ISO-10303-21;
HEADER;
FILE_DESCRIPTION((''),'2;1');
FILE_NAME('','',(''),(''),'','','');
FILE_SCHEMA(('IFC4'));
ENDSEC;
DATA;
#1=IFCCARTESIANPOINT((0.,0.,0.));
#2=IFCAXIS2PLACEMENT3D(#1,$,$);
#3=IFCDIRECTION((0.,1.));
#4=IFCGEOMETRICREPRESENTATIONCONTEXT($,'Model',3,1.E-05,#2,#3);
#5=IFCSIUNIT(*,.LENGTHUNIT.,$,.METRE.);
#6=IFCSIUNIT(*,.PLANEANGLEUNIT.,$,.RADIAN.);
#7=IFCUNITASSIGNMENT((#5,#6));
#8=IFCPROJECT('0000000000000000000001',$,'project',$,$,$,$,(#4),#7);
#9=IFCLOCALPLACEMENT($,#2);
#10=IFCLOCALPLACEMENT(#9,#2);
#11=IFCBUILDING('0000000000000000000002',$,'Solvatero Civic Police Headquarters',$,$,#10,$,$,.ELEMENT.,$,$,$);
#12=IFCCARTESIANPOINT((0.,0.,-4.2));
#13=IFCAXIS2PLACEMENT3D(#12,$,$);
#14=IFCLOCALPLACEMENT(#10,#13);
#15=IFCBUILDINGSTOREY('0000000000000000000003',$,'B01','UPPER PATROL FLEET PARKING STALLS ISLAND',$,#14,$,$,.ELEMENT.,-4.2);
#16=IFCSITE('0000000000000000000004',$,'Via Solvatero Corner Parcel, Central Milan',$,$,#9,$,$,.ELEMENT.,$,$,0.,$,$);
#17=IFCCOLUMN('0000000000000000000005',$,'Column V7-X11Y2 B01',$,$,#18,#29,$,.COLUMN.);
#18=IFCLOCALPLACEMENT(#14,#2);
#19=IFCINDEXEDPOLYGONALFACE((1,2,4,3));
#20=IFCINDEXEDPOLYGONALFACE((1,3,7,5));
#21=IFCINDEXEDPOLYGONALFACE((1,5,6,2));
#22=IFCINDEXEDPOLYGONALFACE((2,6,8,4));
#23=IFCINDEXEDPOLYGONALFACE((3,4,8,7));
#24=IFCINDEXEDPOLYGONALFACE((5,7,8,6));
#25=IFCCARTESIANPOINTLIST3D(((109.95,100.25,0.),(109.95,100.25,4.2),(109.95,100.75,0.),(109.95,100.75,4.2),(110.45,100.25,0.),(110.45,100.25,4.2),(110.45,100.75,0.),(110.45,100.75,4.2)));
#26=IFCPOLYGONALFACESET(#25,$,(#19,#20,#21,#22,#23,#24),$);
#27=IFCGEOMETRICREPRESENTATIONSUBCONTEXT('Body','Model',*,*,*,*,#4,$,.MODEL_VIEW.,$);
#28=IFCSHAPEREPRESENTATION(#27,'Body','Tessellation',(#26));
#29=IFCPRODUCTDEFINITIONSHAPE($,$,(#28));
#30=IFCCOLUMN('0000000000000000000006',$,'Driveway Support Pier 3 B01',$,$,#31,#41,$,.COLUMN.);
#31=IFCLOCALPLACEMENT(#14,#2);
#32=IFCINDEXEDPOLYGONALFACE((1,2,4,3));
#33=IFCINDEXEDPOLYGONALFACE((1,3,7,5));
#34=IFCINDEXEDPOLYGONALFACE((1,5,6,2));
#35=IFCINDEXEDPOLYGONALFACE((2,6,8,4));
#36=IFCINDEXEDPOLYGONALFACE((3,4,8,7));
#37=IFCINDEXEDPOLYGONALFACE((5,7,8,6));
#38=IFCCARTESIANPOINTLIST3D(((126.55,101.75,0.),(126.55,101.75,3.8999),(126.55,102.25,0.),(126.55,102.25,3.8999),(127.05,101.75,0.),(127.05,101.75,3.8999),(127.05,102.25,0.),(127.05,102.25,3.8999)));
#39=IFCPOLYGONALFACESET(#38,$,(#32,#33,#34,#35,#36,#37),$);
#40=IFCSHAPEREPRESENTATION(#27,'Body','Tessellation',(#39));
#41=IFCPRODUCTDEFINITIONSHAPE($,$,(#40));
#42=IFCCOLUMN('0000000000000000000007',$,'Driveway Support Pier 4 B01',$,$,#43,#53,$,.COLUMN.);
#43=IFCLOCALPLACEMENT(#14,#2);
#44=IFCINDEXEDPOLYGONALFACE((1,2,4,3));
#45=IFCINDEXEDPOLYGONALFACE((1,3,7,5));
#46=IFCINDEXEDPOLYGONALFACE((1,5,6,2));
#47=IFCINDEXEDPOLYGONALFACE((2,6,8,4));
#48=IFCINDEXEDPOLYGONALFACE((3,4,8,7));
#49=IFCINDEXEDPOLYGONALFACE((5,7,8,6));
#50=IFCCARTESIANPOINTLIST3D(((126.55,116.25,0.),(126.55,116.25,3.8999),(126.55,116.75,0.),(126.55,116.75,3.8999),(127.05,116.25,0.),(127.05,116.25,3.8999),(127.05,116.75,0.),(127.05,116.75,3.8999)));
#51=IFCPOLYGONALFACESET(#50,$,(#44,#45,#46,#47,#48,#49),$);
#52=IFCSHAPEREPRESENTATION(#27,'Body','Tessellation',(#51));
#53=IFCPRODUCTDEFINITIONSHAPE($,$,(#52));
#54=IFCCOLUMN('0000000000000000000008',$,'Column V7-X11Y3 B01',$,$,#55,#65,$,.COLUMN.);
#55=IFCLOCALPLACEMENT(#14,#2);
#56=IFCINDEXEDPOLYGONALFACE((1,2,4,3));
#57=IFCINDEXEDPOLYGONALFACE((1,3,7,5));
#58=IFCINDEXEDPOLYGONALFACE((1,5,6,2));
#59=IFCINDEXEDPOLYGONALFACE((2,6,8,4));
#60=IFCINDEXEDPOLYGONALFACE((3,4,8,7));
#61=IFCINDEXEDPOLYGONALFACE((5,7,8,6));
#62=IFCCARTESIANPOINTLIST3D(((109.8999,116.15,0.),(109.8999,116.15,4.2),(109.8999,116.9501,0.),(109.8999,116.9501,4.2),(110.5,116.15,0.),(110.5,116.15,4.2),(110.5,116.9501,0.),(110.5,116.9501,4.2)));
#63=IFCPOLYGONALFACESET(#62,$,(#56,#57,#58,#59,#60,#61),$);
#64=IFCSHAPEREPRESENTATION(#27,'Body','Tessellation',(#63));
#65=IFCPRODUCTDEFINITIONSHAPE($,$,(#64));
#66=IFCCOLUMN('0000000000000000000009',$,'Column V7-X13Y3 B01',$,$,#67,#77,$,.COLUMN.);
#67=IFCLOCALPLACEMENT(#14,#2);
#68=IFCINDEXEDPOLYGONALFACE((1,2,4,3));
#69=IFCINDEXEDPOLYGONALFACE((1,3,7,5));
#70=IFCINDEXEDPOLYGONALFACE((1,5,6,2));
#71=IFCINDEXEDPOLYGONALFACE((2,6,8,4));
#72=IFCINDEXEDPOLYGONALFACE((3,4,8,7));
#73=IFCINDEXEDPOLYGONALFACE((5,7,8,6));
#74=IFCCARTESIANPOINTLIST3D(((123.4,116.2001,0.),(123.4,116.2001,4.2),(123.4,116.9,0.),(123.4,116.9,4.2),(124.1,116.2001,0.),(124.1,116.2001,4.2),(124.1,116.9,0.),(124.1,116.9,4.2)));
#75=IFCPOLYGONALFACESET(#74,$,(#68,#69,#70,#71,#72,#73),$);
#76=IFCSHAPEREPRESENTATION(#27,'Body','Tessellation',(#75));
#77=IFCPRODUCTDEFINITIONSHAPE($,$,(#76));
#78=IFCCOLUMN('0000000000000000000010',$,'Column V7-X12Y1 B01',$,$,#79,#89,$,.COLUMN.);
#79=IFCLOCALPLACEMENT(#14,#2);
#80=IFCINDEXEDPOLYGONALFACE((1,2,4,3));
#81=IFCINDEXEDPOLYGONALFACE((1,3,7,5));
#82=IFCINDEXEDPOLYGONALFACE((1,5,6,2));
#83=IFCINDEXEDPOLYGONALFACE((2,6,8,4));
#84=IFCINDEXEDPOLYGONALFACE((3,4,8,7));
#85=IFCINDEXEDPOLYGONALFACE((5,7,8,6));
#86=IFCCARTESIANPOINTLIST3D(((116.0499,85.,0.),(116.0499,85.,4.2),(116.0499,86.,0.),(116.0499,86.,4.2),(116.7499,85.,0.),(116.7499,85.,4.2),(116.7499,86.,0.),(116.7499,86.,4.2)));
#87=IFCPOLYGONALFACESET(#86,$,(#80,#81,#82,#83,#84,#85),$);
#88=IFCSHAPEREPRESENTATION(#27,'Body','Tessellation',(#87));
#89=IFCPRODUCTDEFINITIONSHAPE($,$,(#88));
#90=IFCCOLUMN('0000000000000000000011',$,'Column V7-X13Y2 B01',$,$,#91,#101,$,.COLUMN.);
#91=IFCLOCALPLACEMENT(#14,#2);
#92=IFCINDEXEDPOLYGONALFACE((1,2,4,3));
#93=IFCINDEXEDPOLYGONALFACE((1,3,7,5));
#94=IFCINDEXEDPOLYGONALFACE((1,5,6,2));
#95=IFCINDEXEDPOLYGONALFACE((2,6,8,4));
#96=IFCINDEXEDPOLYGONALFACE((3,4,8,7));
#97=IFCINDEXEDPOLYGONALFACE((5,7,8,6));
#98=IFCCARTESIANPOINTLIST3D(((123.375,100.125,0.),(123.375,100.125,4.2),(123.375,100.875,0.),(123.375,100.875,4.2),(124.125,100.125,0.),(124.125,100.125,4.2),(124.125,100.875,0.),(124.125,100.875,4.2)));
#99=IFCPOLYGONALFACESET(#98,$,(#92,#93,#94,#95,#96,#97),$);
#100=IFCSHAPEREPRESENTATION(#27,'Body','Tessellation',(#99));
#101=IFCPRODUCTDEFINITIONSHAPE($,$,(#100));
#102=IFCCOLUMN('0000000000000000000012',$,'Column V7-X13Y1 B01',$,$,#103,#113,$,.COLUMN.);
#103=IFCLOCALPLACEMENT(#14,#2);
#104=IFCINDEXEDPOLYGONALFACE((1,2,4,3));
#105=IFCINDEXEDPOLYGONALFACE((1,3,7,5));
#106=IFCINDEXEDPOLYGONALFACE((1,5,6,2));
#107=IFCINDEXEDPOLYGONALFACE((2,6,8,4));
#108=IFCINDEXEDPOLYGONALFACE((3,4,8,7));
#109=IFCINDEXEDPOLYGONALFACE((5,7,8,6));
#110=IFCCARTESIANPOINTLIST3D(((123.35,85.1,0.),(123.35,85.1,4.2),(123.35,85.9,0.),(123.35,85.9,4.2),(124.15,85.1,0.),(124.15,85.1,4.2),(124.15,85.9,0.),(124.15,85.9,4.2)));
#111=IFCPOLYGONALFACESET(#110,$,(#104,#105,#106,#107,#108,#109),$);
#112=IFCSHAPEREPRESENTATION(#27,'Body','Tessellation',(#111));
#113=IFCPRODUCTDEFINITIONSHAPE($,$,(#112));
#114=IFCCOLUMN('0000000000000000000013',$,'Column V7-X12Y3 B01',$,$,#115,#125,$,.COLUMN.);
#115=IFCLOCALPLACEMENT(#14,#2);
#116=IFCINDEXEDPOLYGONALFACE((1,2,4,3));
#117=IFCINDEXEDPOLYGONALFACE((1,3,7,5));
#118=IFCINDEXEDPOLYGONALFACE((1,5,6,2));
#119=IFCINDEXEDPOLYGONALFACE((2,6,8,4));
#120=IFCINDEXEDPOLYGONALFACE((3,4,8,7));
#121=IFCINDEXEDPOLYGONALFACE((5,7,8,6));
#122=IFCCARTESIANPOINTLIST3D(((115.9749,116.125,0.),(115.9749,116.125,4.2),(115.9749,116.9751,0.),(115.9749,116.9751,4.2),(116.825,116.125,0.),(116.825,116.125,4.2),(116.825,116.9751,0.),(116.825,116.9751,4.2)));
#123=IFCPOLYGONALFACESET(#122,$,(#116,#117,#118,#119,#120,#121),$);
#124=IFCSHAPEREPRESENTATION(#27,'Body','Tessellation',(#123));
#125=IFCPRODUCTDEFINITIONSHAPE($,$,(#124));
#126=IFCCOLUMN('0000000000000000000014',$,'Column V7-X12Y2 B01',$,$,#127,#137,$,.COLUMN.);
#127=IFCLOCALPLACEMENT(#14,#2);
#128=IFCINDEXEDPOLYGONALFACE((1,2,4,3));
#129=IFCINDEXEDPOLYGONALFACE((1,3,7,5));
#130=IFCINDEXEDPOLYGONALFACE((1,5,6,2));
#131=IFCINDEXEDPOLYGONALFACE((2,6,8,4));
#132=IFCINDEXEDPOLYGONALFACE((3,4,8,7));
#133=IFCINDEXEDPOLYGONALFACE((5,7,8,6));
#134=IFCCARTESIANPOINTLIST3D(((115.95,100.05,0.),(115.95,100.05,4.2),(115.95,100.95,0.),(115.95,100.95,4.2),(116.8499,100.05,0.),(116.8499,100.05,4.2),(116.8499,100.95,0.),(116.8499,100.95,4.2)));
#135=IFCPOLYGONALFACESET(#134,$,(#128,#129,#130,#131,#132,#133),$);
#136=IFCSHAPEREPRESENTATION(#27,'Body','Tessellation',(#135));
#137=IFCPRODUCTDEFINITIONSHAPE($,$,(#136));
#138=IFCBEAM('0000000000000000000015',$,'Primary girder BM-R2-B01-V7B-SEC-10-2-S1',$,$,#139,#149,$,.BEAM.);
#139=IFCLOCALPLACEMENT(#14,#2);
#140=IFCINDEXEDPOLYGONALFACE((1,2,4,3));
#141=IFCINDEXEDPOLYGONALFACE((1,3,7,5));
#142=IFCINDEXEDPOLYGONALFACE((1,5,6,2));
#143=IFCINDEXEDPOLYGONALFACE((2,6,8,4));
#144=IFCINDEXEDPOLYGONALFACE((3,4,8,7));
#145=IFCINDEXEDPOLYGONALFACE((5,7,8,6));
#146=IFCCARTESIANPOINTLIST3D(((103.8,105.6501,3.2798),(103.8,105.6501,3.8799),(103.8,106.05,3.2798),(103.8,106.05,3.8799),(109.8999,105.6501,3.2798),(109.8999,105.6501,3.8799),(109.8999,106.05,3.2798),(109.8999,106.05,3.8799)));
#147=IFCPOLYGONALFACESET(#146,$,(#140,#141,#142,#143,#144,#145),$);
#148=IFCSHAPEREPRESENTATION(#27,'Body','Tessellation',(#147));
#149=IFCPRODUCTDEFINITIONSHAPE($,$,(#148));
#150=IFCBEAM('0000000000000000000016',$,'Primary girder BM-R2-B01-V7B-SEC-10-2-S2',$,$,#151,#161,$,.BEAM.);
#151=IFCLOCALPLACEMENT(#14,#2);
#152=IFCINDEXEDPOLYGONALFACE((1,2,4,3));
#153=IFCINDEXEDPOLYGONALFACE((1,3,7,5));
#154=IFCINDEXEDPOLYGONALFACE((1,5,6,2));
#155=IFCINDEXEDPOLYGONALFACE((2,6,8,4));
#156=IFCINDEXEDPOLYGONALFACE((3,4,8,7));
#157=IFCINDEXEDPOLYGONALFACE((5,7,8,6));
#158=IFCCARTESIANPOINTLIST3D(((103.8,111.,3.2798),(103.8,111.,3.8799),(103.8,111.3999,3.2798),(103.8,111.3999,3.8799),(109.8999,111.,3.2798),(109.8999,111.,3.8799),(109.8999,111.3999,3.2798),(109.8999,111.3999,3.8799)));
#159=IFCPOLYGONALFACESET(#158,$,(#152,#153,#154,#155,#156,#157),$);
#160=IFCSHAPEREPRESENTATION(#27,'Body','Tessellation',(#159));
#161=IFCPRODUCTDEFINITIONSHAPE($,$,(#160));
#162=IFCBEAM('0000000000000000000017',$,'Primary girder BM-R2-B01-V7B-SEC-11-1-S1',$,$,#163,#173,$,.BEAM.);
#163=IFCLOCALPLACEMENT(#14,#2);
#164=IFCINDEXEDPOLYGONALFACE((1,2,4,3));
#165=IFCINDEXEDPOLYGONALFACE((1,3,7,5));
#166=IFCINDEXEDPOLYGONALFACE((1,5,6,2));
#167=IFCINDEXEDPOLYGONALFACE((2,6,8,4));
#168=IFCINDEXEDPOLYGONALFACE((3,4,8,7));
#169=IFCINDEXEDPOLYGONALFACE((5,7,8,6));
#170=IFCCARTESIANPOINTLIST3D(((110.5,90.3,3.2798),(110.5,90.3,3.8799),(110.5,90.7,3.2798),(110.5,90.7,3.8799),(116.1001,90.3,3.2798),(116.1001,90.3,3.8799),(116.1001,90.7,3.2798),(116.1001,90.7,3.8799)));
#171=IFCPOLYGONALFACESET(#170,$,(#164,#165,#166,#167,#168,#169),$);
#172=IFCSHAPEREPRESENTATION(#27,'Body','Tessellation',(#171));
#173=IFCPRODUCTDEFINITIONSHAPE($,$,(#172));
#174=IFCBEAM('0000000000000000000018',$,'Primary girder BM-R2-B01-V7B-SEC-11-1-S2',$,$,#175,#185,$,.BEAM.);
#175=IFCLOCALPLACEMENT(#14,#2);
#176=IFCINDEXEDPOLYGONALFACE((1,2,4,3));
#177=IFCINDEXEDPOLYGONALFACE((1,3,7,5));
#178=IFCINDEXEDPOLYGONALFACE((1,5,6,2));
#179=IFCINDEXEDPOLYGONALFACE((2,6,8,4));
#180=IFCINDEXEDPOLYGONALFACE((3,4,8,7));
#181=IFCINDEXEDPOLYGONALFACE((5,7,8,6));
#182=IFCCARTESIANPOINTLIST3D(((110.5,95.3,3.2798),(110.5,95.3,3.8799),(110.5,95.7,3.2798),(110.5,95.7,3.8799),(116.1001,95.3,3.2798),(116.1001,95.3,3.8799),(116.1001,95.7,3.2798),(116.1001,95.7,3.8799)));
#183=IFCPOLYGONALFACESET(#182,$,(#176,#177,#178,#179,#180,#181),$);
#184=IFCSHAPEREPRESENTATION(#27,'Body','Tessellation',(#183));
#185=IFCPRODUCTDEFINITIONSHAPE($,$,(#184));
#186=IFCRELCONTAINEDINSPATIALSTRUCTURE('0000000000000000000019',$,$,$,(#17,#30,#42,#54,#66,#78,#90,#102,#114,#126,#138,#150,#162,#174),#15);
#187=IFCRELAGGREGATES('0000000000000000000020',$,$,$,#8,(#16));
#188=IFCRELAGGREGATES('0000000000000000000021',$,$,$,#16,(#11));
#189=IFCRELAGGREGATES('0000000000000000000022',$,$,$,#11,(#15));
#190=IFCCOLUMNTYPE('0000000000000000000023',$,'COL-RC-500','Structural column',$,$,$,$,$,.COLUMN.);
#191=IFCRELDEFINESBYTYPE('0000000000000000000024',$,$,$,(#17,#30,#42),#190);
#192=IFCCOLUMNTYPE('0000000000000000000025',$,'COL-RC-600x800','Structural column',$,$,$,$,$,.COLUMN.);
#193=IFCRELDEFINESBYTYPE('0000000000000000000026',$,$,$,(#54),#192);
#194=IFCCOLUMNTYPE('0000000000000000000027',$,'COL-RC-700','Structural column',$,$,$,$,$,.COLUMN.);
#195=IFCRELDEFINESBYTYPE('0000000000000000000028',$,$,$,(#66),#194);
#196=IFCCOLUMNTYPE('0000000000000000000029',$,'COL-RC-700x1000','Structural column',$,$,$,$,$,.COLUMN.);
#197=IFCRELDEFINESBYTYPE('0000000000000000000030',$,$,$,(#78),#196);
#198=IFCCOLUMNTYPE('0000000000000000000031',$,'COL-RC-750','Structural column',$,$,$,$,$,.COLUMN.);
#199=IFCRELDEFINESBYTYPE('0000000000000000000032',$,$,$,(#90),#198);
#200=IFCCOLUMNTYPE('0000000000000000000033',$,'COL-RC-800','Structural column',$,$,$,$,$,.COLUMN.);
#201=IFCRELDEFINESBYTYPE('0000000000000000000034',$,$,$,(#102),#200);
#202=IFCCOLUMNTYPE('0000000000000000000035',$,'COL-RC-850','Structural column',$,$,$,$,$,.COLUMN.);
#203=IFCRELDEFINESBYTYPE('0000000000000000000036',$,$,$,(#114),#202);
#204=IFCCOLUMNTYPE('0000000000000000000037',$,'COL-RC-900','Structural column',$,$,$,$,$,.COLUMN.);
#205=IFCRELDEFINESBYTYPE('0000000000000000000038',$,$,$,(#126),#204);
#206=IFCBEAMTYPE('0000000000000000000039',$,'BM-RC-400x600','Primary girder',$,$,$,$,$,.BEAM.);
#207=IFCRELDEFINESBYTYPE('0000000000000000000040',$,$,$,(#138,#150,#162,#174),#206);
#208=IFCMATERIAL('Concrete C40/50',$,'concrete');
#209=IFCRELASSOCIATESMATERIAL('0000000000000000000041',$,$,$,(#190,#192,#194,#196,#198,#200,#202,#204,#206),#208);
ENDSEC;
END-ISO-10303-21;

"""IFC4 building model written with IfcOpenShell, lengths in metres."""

from ifc_helpers import new_model, si_unit, direction, frame, origin, origin_2d, place, context, subcontext, project, spatial, rectangle, extrude, material, material_profile, profile_set, type_object, element, save


model = new_model("IFC4")

# Units and contexts
model_context = context("Model", 3, precision=1e-05, world=origin(), true_north=direction((0.0, 1.0)))
body_context = subcontext(model_context, "Body", "Model", "MODEL_VIEW")
ifc_project = project(units=[si_unit("LENGTHUNIT", "METRE"), si_unit("PLANEANGLEUNIT", "RADIAN")], contexts=[model_context])

# Site, building, storey
site_placement = place(None, origin())
site = spatial("IfcSite", under=ifc_project, at=site_placement, Name="Via Solvatero Corner Parcel, Central Milan", CompositionType="ELEMENT", RefElevation=0.0)
building_placement = place(site_placement, origin())
building = spatial("IfcBuilding", under=site, at=building_placement, Name="Solvatero Civic Police Headquarters", CompositionType="ELEMENT")
storey_placement = place(building_placement, frame((0.0, 0.0, -4.2)))
storey = spatial("IfcBuildingStorey", under=building, at=storey_placement, Name="B01", Description="UPPER PATROL FLEET PARKING STALLS ISLAND", CompositionType="ELEMENT", Elevation=-4.2)

# Columns
ifc_material_1 = material(Name="Concrete C40/50", Category="concrete")
ifc_material_profile_1 = material_profile(ifc_material_1, rectangle(XDim=0.5, YDim=0.5, at=origin_2d()), Name="RC 500x500")
ifc_profile_set_1 = profile_set([ifc_material_profile_1], Name="Concrete C40/50")
column_type_1 = type_object("IfcColumnType", Name="COL-RC-500", Description="Structural column", PredefinedType="COLUMN", material=ifc_profile_set_1)
column_1_placement = place(storey_placement, frame((110.2, 100.5, 0.0), z_axis=(0.0, 0.0, 1.0), x_axis=(1.0, 0.0, 0.0)))
element("IfcColumn", 1, at=column_1_placement, inside=storey, type_object=column_type_1, Name="Column V7-X11Y2 B01", PredefinedType="COLUMN", context=body_context, shape_type="SweptSolid", body=[
    extrude(rectangle(XDim=0.5, YDim=0.5, at=origin_2d()), origin(), (0.0, 0.0, 1.0), 4.2),
])
for number, where, z_axis, x_axis, name in (
    (2, (126.8, 102.0, 0.0), (0.0, 0.0, 1.0), (1.0, 0.0, 0.0), "Driveway Support Pier 3 B01"),
    (3, (126.8, 116.5, 0.0), (0.0, 0.0, 1.0), (1.0, 0.0, 0.0), "Driveway Support Pier 4 B01"),
):
    element("IfcColumn", number, at=place(storey_placement, frame(where, z_axis=z_axis, x_axis=x_axis)), inside=storey, type_object=column_type_1, Name=name, PredefinedType="COLUMN", context=body_context, shape_type="SweptSolid", body=[
        extrude(rectangle(XDim=0.5, YDim=0.5, at=origin_2d()), origin(), (0.0, 0.0, 1.0), 3.8999),
    ])
ifc_material_profile_2 = material_profile(ifc_material_1, rectangle(XDim=0.6001, YDim=0.8, at=origin_2d()), Name="RC 600x800")
ifc_profile_set_2 = profile_set([ifc_material_profile_2], Name="Concrete C40/50")
column_type_2 = type_object("IfcColumnType", Name="COL-RC-600x800", Description="Structural column", PredefinedType="COLUMN", material=ifc_profile_set_2)
column_2_placement = place(storey_placement, frame((110.2, 116.55, 0.0), z_axis=(0.0, 0.0, 1.0), x_axis=(1.0, 0.0, 0.0)))
element("IfcColumn", 4, at=column_2_placement, inside=storey, type_object=column_type_2, Name="Column V7-X11Y3 B01", PredefinedType="COLUMN", context=body_context, shape_type="SweptSolid", body=[
    extrude(rectangle(XDim=0.6001, YDim=0.8, at=origin_2d()), origin(), (0.0, 0.0, 1.0), 4.2),
])
ifc_material_profile_3 = material_profile(ifc_material_1, rectangle(XDim=0.7, YDim=0.7, at=origin_2d()), Name="RC 700x700")
ifc_profile_set_3 = profile_set([ifc_material_profile_3], Name="Concrete C40/50")
column_type_3 = type_object("IfcColumnType", Name="COL-RC-700", Description="Structural column", PredefinedType="COLUMN", material=ifc_profile_set_3)
column_3_placement = place(storey_placement, frame((123.75, 116.55, 0.0), z_axis=(0.0, 0.0, 1.0), x_axis=(1.0, 0.0, 0.0)))
element("IfcColumn", 5, at=column_3_placement, inside=storey, type_object=column_type_3, Name="Column V7-X13Y3 B01", PredefinedType="COLUMN", context=body_context, shape_type="SweptSolid", body=[
    extrude(rectangle(XDim=0.7, YDim=0.7, at=origin_2d()), origin(), (0.0, 0.0, 1.0), 4.2),
])
ifc_material_profile_4 = material_profile(ifc_material_1, rectangle(XDim=0.7, YDim=1.0, at=origin_2d()), Name="RC 700x1000")
ifc_profile_set_4 = profile_set([ifc_material_profile_4], Name="Concrete C40/50")
column_type_4 = type_object("IfcColumnType", Name="COL-RC-700x1000", Description="Structural column", PredefinedType="COLUMN", material=ifc_profile_set_4)
column_4_placement = place(storey_placement, frame((116.3999, 85.5, 0.0), z_axis=(0.0, 0.0, 1.0), x_axis=(1.0, 0.0, 0.0)))
element("IfcColumn", 6, at=column_4_placement, inside=storey, type_object=column_type_4, Name="Column V7-X12Y1 B01", PredefinedType="COLUMN", context=body_context, shape_type="SweptSolid", body=[
    extrude(rectangle(XDim=0.7, YDim=1.0, at=origin_2d()), origin(), (0.0, 0.0, 1.0), 4.2),
])
ifc_material_profile_5 = material_profile(ifc_material_1, rectangle(XDim=0.75, YDim=0.75, at=origin_2d()), Name="RC 750x750")
ifc_profile_set_5 = profile_set([ifc_material_profile_5], Name="Concrete C40/50")
column_type_5 = type_object("IfcColumnType", Name="COL-RC-750", Description="Structural column", PredefinedType="COLUMN", material=ifc_profile_set_5)
column_5_placement = place(storey_placement, frame((123.75, 100.5, 0.0), z_axis=(0.0, 0.0, 1.0), x_axis=(1.0, 0.0, 0.0)))
element("IfcColumn", 7, at=column_5_placement, inside=storey, type_object=column_type_5, Name="Column V7-X13Y2 B01", PredefinedType="COLUMN", context=body_context, shape_type="SweptSolid", body=[
    extrude(rectangle(XDim=0.75, YDim=0.75, at=origin_2d()), origin(), (0.0, 0.0, 1.0), 4.2),
])
ifc_material_profile_6 = material_profile(ifc_material_1, rectangle(XDim=0.8, YDim=0.8, at=origin_2d()), Name="RC 800x800")
ifc_profile_set_6 = profile_set([ifc_material_profile_6], Name="Concrete C40/50")
column_type_6 = type_object("IfcColumnType", Name="COL-RC-800", Description="Structural column", PredefinedType="COLUMN", material=ifc_profile_set_6)
column_6_placement = place(storey_placement, frame((123.75, 85.5, 0.0), z_axis=(0.0, 0.0, 1.0), x_axis=(1.0, 0.0, 0.0)))
element("IfcColumn", 8, at=column_6_placement, inside=storey, type_object=column_type_6, Name="Column V7-X13Y1 B01", PredefinedType="COLUMN", context=body_context, shape_type="SweptSolid", body=[
    extrude(rectangle(XDim=0.8, YDim=0.8, at=origin_2d()), origin(), (0.0, 0.0, 1.0), 4.2),
])
ifc_material_profile_7 = material_profile(ifc_material_1, rectangle(XDim=0.8501, YDim=0.8501, at=origin_2d()), Name="RC 850x850")
ifc_profile_set_7 = profile_set([ifc_material_profile_7], Name="Concrete C40/50")
column_type_7 = type_object("IfcColumnType", Name="COL-RC-850", Description="Structural column", PredefinedType="COLUMN", material=ifc_profile_set_7)
column_7_placement = place(storey_placement, frame((116.3999, 116.55, 0.0), z_axis=(0.0, 0.0, 1.0), x_axis=(1.0, 0.0, 0.0)))
element("IfcColumn", 9, at=column_7_placement, inside=storey, type_object=column_type_7, Name="Column V7-X12Y3 B01", PredefinedType="COLUMN", context=body_context, shape_type="SweptSolid", body=[
    extrude(rectangle(XDim=0.8501, YDim=0.8501, at=origin_2d()), origin(), (0.0, 0.0, 1.0), 4.2),
])
ifc_material_profile_8 = material_profile(ifc_material_1, rectangle(XDim=0.8999, YDim=0.8999, at=origin_2d()), Name="RC 900x900")
ifc_profile_set_8 = profile_set([ifc_material_profile_8], Name="Concrete C40/50")
column_type_8 = type_object("IfcColumnType", Name="COL-RC-900", Description="Structural column", PredefinedType="COLUMN", material=ifc_profile_set_8)
column_8_placement = place(storey_placement, frame((116.3999, 100.5, 0.0), z_axis=(0.0, 0.0, 1.0), x_axis=(1.0, 0.0, 0.0)))
element("IfcColumn", 10, at=column_8_placement, inside=storey, type_object=column_type_8, Name="Column V7-X12Y2 B01", PredefinedType="COLUMN", context=body_context, shape_type="SweptSolid", body=[
    extrude(rectangle(XDim=0.8999, YDim=0.8999, at=origin_2d()), origin(), (0.0, 0.0, 1.0), 4.2),
])

# Beams
ifc_material_profile_9 = material_profile(ifc_material_1, rectangle(XDim=0.3999, YDim=0.6001, at=origin_2d()), Name="RC 400x600")
ifc_profile_set_9 = profile_set([ifc_material_profile_9], Name="Concrete C40/50")
beam_type_1 = type_object("IfcBeamType", Name="BM-RC-400x600", Description="Primary girder", PredefinedType="BEAM", material=ifc_profile_set_9)
for number, where, z_axis, x_axis, name in (
    (11, (103.8, 105.8501, 3.5798), (1.0, 0.0, 0.0), (0.0, 1.0, 0.0), "Primary girder BM-R2-B01-V7B-SEC-10-2-S1"),
    (12, (103.8, 111.2, 3.5798), (1.0, 0.0, 0.0), (0.0, 1.0, 0.0), "Primary girder BM-R2-B01-V7B-SEC-10-2-S2"),
):
    element("IfcBeam", number, at=place(storey_placement, frame(where, z_axis=z_axis, x_axis=x_axis)), inside=storey, type_object=beam_type_1, Name=name, PredefinedType="BEAM", context=body_context, shape_type="SweptSolid", body=[
        extrude(rectangle(XDim=0.3999, YDim=0.6001, at=origin_2d()), origin(), (0.0, 0.0, 1.0), 6.0999),
    ])
for number, where, z_axis, x_axis, name in (
    (13, (110.5, 90.5, 3.5798), (1.0, 0.0, 0.0), (0.0, 1.0, 0.0), "Primary girder BM-R2-B01-V7B-SEC-11-1-S1"),
    (14, (110.5, 95.5, 3.5798), (1.0, 0.0, 0.0), (0.0, 1.0, 0.0), "Primary girder BM-R2-B01-V7B-SEC-11-1-S2"),
):
    element("IfcBeam", number, at=place(storey_placement, frame(where, z_axis=z_axis, x_axis=x_axis)), inside=storey, type_object=beam_type_1, Name=name, PredefinedType="BEAM", context=body_context, shape_type="SweptSolid", body=[
        extrude(rectangle(XDim=0.3999, YDim=0.6001, at=origin_2d()), origin(), (0.0, 0.0, 1.0), 5.6001),
    ])

save(model, "model.ifc")
